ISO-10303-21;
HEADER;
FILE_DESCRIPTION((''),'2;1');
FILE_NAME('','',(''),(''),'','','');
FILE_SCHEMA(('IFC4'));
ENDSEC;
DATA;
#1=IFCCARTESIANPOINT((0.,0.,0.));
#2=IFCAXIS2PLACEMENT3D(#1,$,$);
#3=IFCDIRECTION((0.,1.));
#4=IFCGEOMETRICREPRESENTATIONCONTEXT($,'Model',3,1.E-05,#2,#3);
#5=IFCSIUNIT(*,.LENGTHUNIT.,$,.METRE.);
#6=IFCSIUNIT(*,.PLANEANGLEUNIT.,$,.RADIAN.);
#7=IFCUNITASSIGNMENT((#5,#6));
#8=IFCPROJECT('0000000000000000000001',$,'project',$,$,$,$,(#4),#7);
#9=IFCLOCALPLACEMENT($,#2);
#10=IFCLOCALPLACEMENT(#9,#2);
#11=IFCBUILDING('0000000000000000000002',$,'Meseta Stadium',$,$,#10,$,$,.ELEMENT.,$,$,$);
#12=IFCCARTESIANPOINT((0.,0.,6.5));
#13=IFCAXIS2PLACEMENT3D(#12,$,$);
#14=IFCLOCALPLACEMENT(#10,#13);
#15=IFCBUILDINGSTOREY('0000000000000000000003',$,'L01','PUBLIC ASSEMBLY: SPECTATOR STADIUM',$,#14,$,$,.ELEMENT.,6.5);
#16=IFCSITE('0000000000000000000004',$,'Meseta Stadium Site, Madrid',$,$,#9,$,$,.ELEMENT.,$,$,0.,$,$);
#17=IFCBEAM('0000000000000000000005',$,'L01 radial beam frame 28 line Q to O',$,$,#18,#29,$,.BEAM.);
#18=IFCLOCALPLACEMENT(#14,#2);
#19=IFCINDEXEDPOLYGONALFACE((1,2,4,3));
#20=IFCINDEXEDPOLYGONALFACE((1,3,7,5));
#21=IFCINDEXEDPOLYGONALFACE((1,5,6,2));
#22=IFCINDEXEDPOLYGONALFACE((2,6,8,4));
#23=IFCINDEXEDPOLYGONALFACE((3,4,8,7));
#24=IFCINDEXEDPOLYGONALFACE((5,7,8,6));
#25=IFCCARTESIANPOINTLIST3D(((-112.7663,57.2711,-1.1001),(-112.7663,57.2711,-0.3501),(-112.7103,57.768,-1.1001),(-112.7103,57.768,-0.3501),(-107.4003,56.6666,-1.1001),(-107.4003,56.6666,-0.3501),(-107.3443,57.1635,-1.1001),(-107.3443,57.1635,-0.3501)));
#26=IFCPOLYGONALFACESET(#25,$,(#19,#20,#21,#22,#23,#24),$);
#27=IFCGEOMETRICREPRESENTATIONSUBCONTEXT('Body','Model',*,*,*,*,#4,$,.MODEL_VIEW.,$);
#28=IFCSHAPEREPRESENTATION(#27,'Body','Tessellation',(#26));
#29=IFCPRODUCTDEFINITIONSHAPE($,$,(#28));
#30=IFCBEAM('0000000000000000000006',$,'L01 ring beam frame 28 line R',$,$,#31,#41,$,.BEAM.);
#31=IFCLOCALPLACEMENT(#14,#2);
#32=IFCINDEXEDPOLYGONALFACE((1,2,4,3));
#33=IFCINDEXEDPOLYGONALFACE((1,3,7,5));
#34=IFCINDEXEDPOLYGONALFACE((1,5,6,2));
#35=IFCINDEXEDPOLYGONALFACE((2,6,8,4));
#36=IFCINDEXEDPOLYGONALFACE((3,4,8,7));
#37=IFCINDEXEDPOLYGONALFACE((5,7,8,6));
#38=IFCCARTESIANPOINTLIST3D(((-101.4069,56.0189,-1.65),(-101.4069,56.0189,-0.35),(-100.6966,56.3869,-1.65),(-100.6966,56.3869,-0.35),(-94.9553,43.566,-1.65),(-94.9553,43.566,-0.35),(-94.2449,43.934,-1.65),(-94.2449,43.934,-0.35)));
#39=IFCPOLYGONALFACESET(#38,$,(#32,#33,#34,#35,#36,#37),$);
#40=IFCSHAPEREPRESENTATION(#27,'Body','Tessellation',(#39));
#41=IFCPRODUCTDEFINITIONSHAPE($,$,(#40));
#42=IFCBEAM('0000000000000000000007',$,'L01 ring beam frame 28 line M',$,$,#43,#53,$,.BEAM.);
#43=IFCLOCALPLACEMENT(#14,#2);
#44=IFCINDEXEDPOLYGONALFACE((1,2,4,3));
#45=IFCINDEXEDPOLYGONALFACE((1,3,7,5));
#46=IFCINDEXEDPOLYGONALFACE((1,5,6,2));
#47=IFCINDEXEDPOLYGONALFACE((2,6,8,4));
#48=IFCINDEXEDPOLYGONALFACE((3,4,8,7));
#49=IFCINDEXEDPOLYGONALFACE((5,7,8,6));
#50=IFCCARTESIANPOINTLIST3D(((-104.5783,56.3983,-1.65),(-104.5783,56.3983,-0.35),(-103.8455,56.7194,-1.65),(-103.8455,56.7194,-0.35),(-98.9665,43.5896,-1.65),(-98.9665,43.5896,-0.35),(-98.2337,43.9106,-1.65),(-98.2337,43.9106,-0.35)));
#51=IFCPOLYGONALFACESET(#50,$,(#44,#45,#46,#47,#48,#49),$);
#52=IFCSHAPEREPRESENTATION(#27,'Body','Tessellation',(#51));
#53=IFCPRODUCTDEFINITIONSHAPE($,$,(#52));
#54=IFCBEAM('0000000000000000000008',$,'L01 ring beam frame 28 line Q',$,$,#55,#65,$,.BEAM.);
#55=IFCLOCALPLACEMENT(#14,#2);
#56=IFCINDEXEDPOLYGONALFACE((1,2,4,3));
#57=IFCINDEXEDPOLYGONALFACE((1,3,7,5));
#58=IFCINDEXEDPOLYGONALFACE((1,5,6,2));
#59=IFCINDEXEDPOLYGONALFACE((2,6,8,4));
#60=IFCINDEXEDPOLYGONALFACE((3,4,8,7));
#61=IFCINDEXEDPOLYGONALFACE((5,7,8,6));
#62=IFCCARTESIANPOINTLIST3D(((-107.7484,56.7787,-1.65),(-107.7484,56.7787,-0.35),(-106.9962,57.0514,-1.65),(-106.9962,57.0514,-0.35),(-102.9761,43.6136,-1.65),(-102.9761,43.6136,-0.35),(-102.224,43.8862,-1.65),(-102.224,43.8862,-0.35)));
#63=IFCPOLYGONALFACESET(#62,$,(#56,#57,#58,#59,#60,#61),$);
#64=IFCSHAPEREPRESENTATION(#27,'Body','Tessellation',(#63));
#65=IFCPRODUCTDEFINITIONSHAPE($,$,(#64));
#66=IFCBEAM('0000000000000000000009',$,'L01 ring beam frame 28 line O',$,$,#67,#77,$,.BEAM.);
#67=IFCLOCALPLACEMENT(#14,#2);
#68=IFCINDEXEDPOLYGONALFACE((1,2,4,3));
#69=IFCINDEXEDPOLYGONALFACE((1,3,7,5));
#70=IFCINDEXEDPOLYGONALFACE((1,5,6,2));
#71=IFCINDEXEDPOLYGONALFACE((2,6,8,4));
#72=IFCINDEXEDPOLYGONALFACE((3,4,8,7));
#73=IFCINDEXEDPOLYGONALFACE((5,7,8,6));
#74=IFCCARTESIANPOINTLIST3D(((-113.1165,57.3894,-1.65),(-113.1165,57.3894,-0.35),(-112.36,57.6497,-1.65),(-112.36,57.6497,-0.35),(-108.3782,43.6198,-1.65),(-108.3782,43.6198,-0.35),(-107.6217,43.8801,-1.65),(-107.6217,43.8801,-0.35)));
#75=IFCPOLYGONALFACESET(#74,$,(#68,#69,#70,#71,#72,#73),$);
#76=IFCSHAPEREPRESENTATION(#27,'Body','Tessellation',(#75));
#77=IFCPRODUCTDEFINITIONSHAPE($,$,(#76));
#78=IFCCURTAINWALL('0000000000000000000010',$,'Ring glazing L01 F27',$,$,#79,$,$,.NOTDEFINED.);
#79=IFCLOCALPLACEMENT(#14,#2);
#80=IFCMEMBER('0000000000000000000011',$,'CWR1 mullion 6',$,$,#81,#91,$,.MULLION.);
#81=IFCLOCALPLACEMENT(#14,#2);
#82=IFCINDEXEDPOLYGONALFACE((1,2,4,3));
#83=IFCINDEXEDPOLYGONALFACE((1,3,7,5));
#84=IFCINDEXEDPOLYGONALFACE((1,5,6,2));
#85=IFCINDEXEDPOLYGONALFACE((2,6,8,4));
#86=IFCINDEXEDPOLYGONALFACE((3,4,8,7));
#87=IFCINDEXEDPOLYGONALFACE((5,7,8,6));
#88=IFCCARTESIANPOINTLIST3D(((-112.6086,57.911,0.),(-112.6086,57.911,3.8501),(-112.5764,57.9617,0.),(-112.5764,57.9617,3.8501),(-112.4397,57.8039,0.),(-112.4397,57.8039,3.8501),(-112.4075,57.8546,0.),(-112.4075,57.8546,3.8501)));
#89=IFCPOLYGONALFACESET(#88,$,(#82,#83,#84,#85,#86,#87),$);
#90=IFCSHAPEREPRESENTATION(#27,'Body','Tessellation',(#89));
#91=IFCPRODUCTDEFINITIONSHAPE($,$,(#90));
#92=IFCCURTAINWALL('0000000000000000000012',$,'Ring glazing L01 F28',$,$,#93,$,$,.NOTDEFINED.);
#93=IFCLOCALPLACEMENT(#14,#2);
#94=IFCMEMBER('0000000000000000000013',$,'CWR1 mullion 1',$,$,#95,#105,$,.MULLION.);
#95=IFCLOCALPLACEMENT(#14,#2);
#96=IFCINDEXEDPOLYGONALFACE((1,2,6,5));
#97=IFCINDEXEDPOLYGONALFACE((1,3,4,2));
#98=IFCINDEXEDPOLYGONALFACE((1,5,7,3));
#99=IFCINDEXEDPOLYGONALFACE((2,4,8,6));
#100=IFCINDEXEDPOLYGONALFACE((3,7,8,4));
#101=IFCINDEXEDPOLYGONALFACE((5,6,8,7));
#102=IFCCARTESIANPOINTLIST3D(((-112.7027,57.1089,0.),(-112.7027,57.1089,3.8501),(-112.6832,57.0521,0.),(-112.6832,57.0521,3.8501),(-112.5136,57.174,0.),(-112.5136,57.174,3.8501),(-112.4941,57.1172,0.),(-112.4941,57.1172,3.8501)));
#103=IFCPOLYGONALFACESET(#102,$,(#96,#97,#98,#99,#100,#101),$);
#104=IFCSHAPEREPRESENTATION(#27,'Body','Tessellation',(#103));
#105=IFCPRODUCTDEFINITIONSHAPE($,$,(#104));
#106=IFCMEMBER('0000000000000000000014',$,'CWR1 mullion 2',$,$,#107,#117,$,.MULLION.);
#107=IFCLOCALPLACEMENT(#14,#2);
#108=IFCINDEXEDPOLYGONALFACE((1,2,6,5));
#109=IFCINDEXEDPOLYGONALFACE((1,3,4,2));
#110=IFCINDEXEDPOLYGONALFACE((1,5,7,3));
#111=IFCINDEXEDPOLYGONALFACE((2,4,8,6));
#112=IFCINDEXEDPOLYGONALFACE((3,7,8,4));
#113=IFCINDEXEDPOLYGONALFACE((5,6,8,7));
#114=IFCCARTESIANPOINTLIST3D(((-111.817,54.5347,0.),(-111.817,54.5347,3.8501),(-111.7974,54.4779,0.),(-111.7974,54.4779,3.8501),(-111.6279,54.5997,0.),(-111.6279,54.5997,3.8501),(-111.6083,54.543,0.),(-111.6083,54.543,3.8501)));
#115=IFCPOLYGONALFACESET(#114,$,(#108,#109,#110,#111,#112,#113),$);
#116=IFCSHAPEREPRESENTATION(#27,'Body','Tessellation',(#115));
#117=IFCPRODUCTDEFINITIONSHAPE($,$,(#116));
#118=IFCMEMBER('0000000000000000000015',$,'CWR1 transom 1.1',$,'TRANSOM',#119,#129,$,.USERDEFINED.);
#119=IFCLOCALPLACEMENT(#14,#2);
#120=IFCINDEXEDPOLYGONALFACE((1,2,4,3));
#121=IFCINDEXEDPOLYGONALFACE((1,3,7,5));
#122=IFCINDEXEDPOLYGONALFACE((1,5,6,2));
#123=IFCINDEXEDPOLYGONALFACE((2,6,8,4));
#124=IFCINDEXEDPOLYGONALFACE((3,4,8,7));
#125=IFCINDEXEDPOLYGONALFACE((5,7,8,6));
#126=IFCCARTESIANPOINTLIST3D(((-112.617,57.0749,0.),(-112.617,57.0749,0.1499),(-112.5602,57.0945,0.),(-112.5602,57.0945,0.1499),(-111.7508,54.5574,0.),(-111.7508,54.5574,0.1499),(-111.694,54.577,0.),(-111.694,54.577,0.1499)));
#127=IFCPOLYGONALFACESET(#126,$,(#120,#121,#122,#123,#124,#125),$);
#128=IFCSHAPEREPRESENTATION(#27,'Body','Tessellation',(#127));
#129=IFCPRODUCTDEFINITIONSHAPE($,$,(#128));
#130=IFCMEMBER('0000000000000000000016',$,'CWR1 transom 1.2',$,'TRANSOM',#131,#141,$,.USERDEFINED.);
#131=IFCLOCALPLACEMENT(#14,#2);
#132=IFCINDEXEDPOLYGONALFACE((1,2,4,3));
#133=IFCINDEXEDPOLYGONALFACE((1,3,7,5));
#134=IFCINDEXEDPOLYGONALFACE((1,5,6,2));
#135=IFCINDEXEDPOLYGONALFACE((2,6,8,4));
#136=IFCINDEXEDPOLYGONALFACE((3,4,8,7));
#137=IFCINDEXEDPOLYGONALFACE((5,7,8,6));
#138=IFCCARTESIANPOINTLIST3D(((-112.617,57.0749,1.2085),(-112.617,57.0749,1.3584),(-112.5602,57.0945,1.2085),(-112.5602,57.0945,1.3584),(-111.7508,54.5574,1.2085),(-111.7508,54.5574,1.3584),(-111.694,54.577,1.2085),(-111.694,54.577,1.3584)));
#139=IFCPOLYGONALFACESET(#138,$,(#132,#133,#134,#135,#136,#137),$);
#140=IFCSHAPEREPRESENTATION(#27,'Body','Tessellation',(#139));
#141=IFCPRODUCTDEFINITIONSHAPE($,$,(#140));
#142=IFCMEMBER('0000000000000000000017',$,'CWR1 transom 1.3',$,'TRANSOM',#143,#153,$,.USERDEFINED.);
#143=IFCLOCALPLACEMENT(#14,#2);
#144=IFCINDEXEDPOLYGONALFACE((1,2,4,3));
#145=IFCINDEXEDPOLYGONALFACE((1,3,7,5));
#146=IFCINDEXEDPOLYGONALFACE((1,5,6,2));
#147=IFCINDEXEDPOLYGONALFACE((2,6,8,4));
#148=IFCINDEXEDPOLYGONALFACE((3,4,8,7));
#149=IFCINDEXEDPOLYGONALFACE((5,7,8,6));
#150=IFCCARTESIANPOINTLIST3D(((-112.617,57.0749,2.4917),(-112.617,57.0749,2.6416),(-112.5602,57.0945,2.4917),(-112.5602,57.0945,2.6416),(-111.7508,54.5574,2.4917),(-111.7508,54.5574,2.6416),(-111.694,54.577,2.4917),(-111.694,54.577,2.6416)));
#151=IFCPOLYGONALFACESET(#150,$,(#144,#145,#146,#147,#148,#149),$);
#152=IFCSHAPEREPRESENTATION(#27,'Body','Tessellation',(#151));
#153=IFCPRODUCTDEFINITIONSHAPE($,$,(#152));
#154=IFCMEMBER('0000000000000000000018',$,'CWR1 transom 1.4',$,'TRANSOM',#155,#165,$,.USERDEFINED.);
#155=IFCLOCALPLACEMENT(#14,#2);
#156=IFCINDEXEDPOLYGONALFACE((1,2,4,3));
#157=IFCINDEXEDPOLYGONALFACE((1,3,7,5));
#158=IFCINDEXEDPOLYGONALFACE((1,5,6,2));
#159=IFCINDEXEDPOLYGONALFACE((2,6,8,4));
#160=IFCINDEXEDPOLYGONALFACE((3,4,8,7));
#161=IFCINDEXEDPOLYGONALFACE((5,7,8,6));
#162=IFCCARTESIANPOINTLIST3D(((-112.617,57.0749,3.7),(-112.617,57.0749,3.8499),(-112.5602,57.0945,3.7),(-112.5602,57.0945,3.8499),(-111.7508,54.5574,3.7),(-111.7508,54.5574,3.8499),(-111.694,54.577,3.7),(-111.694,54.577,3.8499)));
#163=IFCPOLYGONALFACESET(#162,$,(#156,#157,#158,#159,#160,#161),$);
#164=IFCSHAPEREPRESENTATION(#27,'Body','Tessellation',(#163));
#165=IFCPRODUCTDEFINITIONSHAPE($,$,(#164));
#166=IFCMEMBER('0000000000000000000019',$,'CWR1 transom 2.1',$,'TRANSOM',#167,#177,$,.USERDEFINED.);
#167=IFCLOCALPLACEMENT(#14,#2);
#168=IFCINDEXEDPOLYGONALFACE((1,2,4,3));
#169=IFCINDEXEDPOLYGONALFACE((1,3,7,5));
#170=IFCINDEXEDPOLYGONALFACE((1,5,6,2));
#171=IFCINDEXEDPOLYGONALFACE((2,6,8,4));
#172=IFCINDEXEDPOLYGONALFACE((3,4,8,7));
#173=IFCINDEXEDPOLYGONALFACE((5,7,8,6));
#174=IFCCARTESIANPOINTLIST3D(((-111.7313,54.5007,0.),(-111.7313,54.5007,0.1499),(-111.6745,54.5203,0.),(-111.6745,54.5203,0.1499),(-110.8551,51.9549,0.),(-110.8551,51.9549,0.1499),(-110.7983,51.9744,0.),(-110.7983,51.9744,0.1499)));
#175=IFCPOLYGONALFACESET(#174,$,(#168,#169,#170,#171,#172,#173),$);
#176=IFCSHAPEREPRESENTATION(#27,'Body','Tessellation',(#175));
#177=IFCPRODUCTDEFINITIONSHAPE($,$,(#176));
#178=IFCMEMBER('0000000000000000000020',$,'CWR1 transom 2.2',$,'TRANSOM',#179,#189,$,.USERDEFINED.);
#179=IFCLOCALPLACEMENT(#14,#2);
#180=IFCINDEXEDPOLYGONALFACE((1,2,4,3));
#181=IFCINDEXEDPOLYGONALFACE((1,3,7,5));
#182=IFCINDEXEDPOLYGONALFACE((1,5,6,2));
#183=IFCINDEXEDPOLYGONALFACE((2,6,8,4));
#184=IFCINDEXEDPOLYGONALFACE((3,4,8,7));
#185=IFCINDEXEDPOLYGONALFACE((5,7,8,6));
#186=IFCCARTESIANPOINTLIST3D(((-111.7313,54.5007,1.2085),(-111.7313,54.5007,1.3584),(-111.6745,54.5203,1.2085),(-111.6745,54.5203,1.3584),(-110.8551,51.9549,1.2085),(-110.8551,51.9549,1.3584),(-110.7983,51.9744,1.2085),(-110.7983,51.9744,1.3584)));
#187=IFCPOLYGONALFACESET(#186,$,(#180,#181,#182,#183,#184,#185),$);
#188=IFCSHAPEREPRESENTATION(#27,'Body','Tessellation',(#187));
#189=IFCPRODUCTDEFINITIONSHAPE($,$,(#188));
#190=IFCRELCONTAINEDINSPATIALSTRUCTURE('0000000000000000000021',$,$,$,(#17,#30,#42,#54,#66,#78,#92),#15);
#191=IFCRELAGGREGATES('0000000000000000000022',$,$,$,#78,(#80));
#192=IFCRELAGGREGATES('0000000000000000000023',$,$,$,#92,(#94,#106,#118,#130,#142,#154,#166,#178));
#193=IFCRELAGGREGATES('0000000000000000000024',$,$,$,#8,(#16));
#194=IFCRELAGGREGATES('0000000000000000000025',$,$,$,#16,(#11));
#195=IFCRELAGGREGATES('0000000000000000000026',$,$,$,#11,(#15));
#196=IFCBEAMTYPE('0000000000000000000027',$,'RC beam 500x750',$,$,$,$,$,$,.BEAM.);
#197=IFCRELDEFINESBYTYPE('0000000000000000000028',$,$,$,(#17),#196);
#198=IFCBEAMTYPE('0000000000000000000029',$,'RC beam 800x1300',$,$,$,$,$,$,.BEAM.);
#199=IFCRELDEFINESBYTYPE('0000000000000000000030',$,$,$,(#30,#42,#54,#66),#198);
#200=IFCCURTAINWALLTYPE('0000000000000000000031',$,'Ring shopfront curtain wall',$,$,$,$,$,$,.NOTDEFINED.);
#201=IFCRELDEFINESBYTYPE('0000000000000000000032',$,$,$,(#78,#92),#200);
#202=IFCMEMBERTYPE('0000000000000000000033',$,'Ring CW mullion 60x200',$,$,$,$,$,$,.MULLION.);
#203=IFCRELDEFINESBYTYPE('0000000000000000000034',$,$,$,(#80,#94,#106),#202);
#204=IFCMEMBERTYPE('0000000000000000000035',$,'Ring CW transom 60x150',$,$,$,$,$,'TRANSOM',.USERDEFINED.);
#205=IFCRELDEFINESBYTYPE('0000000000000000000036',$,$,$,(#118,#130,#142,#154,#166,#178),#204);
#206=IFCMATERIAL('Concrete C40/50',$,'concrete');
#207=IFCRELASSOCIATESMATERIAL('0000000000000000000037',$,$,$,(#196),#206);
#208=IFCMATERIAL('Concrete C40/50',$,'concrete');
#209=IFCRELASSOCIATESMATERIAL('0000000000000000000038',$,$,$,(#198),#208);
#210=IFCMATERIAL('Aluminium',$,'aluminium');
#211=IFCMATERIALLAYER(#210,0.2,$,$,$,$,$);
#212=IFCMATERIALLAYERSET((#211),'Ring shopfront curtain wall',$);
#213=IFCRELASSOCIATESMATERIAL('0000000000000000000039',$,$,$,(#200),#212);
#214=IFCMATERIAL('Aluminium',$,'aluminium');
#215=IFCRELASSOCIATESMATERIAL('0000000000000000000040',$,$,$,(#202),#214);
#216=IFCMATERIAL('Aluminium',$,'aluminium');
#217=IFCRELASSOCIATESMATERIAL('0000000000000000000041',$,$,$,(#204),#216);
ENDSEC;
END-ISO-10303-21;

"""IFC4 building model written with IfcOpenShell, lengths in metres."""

from ifc_helpers import new_model, si_unit, direction, frame, origin, origin_2d, place, context, subcontext, project, spatial, rectangle, extrude, material, layer, layer_set, material_profile, profile_set, type_object, element, aggregate, save


model = new_model("IFC4")

# Units and contexts
model_context = context("Model", 3, precision=1e-05, world=origin(), true_north=direction((0.0, 1.0)))
body_context = subcontext(model_context, "Body", "Model", "MODEL_VIEW")
ifc_project = project(units=[si_unit("LENGTHUNIT", "METRE"), si_unit("PLANEANGLEUNIT", "RADIAN")], contexts=[model_context])

# Site, building, storey
site_placement = place(None, origin())
site = spatial("IfcSite", under=ifc_project, at=site_placement, Name="Meseta Stadium Site, Madrid", CompositionType="ELEMENT", RefElevation=0.0)
building_placement = place(site_placement, origin())
building = spatial("IfcBuilding", under=site, at=building_placement, Name="Meseta Stadium", CompositionType="ELEMENT")
storey_placement = place(building_placement, frame((0.0, 0.0, 6.5)))
storey = spatial("IfcBuildingStorey", under=building, at=storey_placement, Name="L01", Description="PUBLIC ASSEMBLY: SPECTATOR STADIUM", CompositionType="ELEMENT", Elevation=6.5)

# Beams
ifc_material_1 = material(Name="Concrete C40/50", Category="concrete")
ifc_material_profile_1 = material_profile(ifc_material_1, rectangle(XDim=0.5, YDim=0.75, at=origin_2d()), Name="RC 500x750")
ifc_profile_set_1 = profile_set([ifc_material_profile_1], Name="Concrete C40/50")
beam_type_1 = type_object("IfcBeamType", Name="RC beam 500x750", PredefinedType="BEAM", material=ifc_profile_set_1)
beam_1_placement = place(storey_placement, frame((-107.3723, 56.915, -0.7251), z_axis=(-0.993714, 0.111945, 0.0), x_axis=(-0.111945, -0.993714, 0.0)))
element("IfcBeam", 1, at=beam_1_placement, inside=storey, type_object=beam_type_1, Name="L01 radial beam frame 28 line Q to O", PredefinedType="BEAM", context=body_context, shape_type="SweptSolid", body=[
    extrude(rectangle(XDim=0.5, YDim=0.75, at=origin_2d()), origin(), (0.0, 0.0, 1.0), 5.3999),
])
ifc_material_2 = material(Name="Concrete C40/50", Category="concrete")
ifc_material_profile_2 = material_profile(ifc_material_2, rectangle(XDim=0.8, YDim=1.3, at=origin_2d()), Name="RC 800x1300")
ifc_profile_set_2 = profile_set([ifc_material_profile_2], Name="Concrete C40/50")
beam_type_2 = type_object("IfcBeamType", Name="RC beam 800x1300", PredefinedType="BEAM", material=ifc_profile_set_2)
beam_2_placement = place(storey_placement, frame((-101.0518, 56.2029, -1.0), z_axis=(0.460014, -0.887912, 0.0), x_axis=(0.887912, 0.460014, 0.0)))
element("IfcBeam", 2, at=beam_2_placement, inside=storey, type_object=beam_type_2, Name="L01 ring beam frame 28 line R", PredefinedType="BEAM", context=body_context, shape_type="SweptSolid", body=[
    extrude(rectangle(XDim=0.8, YDim=1.3, at=origin_2d()), origin(), (0.0, 0.0, 1.0), 14.0249),
])
beam_3_placement = place(storey_placement, frame((-104.2119, 56.5588, -1.0), z_axis=(0.401296, -0.915948, 0.0), x_axis=(0.915948, 0.401296, 0.0)))
element("IfcBeam", 3, at=beam_3_placement, inside=storey, type_object=beam_type_2, Name="L01 ring beam frame 28 line M", PredefinedType="BEAM", context=body_context, shape_type="SweptSolid", body=[
    extrude(rectangle(XDim=0.8, YDim=1.3, at=origin_2d()), origin(), (0.0, 0.0, 1.0), 13.9841),
])
beam_4_placement = place(storey_placement, frame((-107.3723, 56.915, -1.0), z_axis=(0.340792, -0.940139, 0.0), x_axis=(0.940139, 0.340792, 0.0)))
element("IfcBeam", 4, at=beam_4_placement, inside=storey, type_object=beam_type_2, Name="L01 ring beam frame 28 line Q", PredefinedType="BEAM", context=body_context, shape_type="SweptSolid", body=[
    extrude(rectangle(XDim=0.8, YDim=1.3, at=origin_2d()), origin(), (0.0, 0.0, 1.0), 14.0034),
])
beam_5_placement = place(storey_placement, frame((-112.7383, 57.5195, -1.0), z_axis=(0.325387, -0.945581, 0.0), x_axis=(0.945581, 0.325387, 0.0)))
element("IfcBeam", 5, at=beam_5_placement, inside=storey, type_object=beam_type_2, Name="L01 ring beam frame 28 line O", PredefinedType="BEAM", context=body_context, shape_type="SweptSolid", body=[
    extrude(rectangle(XDim=0.8, YDim=1.3, at=origin_2d()), origin(), (0.0, 0.0, 1.0), 14.562),
])

# Curtain wall, member
ifc_material_3 = material(Name="Aluminium", Category="aluminium")
ifc_layer_1 = layer(ifc_material_3, 0.2)
ifc_layer_set_1 = layer_set([ifc_layer_1], Name="Ring shopfront curtain wall")
curtain_wall_type = type_object("IfcCurtainWallType", Name="Ring shopfront curtain wall", PredefinedType="NOTDEFINED", material=ifc_layer_set_1)
curtain_wall_1_placement = place(storey_placement, origin())
curtain_wall_1 = element("IfcCurtainWall", 6, at=curtain_wall_1_placement, inside=storey, type_object=curtain_wall_type, Name="Ring glazing L01 F27", PredefinedType="NOTDEFINED")
ifc_material_4 = material(Name="Aluminium", Category="aluminium")
ifc_material_profile_3 = material_profile(ifc_material_4, rectangle(XDim=0.2, YDim=0.0601, at=origin_2d()), Name="CW 200x60")
ifc_profile_set_3 = profile_set([ifc_material_profile_3], Name="Aluminium")
member_type_1 = type_object("IfcMemberType", Name="Ring CW mullion 60x200", PredefinedType="MULLION", material=ifc_profile_set_3)
member_1_placement = place(storey_placement, frame((-112.5081, 57.8828, 0.0), z_axis=(0.0, 0.0, 1.0), x_axis=(0.844491, -0.535569, 0.0)))
member_1 = element("IfcMember", 7, at=member_1_placement, type_object=member_type_1, Name="CWR1 mullion 6", PredefinedType="MULLION", context=body_context, shape_type="SweptSolid", body=[
    extrude(rectangle(XDim=0.2, YDim=0.0601, at=origin_2d()), origin(), (0.0, 0.0, 1.0), 3.8501),
])
aggregate(curtain_wall_1, [member_1])

# Curtain wall, members
curtain_wall_2_placement = place(storey_placement, origin())
curtain_wall_2 = element("IfcCurtainWall", 8, at=curtain_wall_2_placement, inside=storey, type_object=curtain_wall_type, Name="Ring glazing L01 F28", PredefinedType="NOTDEFINED")
member_2_placement = place(storey_placement, frame((-112.5984, 57.113, 0.0), z_axis=(0.0, 0.0, 1.0), x_axis=(0.945581, 0.325386, 0.0)))
member_2 = element("IfcMember", 9, at=member_2_placement, type_object=member_type_1, Name="CWR1 mullion 1", PredefinedType="MULLION", context=body_context, shape_type="SweptSolid", body=[
    extrude(rectangle(XDim=0.2, YDim=0.0601, at=origin_2d()), origin(), (0.0, 0.0, 1.0), 3.8501),
])
member_3_placement = place(storey_placement, frame((-111.7126, 54.5388, 0.0), z_axis=(0.0, 0.0, 1.0), x_axis=(0.945581, 0.325386, 0.0)))
member_3 = element("IfcMember", 10, at=member_3_placement, type_object=member_type_1, Name="CWR1 mullion 2", PredefinedType="MULLION", context=body_context, shape_type="SweptSolid", body=[
    extrude(rectangle(XDim=0.2, YDim=0.0601, at=origin_2d()), origin(), (0.0, 0.0, 1.0), 3.8501),
])
ifc_material_5 = material(Name="Aluminium", Category="aluminium")
ifc_material_profile_4 = material_profile(ifc_material_5, rectangle(XDim=0.0601, YDim=0.1499, at=origin_2d()), Name="CW 60x150")
ifc_profile_set_4 = profile_set([ifc_material_profile_4], Name="Aluminium")
member_type_2 = type_object("IfcMemberType", Name="Ring CW transom 60x150", ElementType="TRANSOM", PredefinedType="USERDEFINED", material=ifc_profile_set_4)
member_4_placement = place(storey_placement, frame((-112.5886, 57.0847, 0.075), z_axis=(0.325346, -0.945595, 0.0), x_axis=(0.945595, 0.325346, 0.0)))
member_4 = element("IfcMember", 11, at=member_4_placement, type_object=member_type_2, Name="CWR1 transom 1.1", ObjectType="TRANSOM", PredefinedType="USERDEFINED", context=body_context, shape_type="SweptSolid", body=[
    extrude(rectangle(XDim=0.0601, YDim=0.1499, at=origin_2d()), origin(), (0.0, 0.0, 1.0), 2.6624),
])
member_5_placement = place(storey_placement, frame((-112.5886, 57.0847, 1.2834), z_axis=(0.325346, -0.945595, 0.0), x_axis=(0.945595, 0.325346, 0.0)))
member_5 = element("IfcMember", 12, at=member_5_placement, type_object=member_type_2, Name="CWR1 transom 1.2", ObjectType="TRANSOM", PredefinedType="USERDEFINED", context=body_context, shape_type="SweptSolid", body=[
    extrude(rectangle(XDim=0.0601, YDim=0.1499, at=origin_2d()), origin(), (0.0, 0.0, 1.0), 2.6624),
])
member_6_placement = place(storey_placement, frame((-112.5886, 57.0847, 2.5667), z_axis=(0.325346, -0.945595, 0.0), x_axis=(0.945595, 0.325346, 0.0)))
member_6 = element("IfcMember", 13, at=member_6_placement, type_object=member_type_2, Name="CWR1 transom 1.3", ObjectType="TRANSOM", PredefinedType="USERDEFINED", context=body_context, shape_type="SweptSolid", body=[
    extrude(rectangle(XDim=0.0601, YDim=0.1499, at=origin_2d()), origin(), (0.0, 0.0, 1.0), 2.6624),
])
member_7_placement = place(storey_placement, frame((-112.5886, 57.0847, 3.7749), z_axis=(0.325346, -0.945595, 0.0), x_axis=(0.945595, 0.325346, 0.0)))
member_7 = element("IfcMember", 14, at=member_7_placement, type_object=member_type_2, Name="CWR1 transom 1.4", ObjectType="TRANSOM", PredefinedType="USERDEFINED", context=body_context, shape_type="SweptSolid", body=[
    extrude(rectangle(XDim=0.0601, YDim=0.1499, at=origin_2d()), origin(), (0.0, 0.0, 1.0), 2.6624),
])
member_8_placement = place(storey_placement, frame((-111.7029, 54.5105, 0.075), z_axis=(0.325435, -0.945565, 0.0), x_axis=(0.945565, 0.325435, 0.0)))
member_8 = element("IfcMember", 15, at=member_8_placement, type_object=member_type_2, Name="CWR1 transom 2.1", ObjectType="TRANSOM", PredefinedType="USERDEFINED", context=body_context, shape_type="SweptSolid", body=[
    extrude(rectangle(XDim=0.0601, YDim=0.1499, at=origin_2d()), origin(), (0.0, 0.0, 1.0), 2.6924),
])
member_9_placement = place(storey_placement, frame((-111.7029, 54.5105, 1.2834), z_axis=(0.325435, -0.945565, 0.0), x_axis=(0.945565, 0.325435, 0.0)))
member_9 = element("IfcMember", 16, at=member_9_placement, type_object=member_type_2, Name="CWR1 transom 2.2", ObjectType="TRANSOM", PredefinedType="USERDEFINED", context=body_context, shape_type="SweptSolid", body=[
    extrude(rectangle(XDim=0.0601, YDim=0.1499, at=origin_2d()), origin(), (0.0, 0.0, 1.0), 2.6924),
])
aggregate(curtain_wall_2, [member_2, member_3, member_4, member_5, member_6, member_7, member_8, member_9])

save(model, "model.ifc")
